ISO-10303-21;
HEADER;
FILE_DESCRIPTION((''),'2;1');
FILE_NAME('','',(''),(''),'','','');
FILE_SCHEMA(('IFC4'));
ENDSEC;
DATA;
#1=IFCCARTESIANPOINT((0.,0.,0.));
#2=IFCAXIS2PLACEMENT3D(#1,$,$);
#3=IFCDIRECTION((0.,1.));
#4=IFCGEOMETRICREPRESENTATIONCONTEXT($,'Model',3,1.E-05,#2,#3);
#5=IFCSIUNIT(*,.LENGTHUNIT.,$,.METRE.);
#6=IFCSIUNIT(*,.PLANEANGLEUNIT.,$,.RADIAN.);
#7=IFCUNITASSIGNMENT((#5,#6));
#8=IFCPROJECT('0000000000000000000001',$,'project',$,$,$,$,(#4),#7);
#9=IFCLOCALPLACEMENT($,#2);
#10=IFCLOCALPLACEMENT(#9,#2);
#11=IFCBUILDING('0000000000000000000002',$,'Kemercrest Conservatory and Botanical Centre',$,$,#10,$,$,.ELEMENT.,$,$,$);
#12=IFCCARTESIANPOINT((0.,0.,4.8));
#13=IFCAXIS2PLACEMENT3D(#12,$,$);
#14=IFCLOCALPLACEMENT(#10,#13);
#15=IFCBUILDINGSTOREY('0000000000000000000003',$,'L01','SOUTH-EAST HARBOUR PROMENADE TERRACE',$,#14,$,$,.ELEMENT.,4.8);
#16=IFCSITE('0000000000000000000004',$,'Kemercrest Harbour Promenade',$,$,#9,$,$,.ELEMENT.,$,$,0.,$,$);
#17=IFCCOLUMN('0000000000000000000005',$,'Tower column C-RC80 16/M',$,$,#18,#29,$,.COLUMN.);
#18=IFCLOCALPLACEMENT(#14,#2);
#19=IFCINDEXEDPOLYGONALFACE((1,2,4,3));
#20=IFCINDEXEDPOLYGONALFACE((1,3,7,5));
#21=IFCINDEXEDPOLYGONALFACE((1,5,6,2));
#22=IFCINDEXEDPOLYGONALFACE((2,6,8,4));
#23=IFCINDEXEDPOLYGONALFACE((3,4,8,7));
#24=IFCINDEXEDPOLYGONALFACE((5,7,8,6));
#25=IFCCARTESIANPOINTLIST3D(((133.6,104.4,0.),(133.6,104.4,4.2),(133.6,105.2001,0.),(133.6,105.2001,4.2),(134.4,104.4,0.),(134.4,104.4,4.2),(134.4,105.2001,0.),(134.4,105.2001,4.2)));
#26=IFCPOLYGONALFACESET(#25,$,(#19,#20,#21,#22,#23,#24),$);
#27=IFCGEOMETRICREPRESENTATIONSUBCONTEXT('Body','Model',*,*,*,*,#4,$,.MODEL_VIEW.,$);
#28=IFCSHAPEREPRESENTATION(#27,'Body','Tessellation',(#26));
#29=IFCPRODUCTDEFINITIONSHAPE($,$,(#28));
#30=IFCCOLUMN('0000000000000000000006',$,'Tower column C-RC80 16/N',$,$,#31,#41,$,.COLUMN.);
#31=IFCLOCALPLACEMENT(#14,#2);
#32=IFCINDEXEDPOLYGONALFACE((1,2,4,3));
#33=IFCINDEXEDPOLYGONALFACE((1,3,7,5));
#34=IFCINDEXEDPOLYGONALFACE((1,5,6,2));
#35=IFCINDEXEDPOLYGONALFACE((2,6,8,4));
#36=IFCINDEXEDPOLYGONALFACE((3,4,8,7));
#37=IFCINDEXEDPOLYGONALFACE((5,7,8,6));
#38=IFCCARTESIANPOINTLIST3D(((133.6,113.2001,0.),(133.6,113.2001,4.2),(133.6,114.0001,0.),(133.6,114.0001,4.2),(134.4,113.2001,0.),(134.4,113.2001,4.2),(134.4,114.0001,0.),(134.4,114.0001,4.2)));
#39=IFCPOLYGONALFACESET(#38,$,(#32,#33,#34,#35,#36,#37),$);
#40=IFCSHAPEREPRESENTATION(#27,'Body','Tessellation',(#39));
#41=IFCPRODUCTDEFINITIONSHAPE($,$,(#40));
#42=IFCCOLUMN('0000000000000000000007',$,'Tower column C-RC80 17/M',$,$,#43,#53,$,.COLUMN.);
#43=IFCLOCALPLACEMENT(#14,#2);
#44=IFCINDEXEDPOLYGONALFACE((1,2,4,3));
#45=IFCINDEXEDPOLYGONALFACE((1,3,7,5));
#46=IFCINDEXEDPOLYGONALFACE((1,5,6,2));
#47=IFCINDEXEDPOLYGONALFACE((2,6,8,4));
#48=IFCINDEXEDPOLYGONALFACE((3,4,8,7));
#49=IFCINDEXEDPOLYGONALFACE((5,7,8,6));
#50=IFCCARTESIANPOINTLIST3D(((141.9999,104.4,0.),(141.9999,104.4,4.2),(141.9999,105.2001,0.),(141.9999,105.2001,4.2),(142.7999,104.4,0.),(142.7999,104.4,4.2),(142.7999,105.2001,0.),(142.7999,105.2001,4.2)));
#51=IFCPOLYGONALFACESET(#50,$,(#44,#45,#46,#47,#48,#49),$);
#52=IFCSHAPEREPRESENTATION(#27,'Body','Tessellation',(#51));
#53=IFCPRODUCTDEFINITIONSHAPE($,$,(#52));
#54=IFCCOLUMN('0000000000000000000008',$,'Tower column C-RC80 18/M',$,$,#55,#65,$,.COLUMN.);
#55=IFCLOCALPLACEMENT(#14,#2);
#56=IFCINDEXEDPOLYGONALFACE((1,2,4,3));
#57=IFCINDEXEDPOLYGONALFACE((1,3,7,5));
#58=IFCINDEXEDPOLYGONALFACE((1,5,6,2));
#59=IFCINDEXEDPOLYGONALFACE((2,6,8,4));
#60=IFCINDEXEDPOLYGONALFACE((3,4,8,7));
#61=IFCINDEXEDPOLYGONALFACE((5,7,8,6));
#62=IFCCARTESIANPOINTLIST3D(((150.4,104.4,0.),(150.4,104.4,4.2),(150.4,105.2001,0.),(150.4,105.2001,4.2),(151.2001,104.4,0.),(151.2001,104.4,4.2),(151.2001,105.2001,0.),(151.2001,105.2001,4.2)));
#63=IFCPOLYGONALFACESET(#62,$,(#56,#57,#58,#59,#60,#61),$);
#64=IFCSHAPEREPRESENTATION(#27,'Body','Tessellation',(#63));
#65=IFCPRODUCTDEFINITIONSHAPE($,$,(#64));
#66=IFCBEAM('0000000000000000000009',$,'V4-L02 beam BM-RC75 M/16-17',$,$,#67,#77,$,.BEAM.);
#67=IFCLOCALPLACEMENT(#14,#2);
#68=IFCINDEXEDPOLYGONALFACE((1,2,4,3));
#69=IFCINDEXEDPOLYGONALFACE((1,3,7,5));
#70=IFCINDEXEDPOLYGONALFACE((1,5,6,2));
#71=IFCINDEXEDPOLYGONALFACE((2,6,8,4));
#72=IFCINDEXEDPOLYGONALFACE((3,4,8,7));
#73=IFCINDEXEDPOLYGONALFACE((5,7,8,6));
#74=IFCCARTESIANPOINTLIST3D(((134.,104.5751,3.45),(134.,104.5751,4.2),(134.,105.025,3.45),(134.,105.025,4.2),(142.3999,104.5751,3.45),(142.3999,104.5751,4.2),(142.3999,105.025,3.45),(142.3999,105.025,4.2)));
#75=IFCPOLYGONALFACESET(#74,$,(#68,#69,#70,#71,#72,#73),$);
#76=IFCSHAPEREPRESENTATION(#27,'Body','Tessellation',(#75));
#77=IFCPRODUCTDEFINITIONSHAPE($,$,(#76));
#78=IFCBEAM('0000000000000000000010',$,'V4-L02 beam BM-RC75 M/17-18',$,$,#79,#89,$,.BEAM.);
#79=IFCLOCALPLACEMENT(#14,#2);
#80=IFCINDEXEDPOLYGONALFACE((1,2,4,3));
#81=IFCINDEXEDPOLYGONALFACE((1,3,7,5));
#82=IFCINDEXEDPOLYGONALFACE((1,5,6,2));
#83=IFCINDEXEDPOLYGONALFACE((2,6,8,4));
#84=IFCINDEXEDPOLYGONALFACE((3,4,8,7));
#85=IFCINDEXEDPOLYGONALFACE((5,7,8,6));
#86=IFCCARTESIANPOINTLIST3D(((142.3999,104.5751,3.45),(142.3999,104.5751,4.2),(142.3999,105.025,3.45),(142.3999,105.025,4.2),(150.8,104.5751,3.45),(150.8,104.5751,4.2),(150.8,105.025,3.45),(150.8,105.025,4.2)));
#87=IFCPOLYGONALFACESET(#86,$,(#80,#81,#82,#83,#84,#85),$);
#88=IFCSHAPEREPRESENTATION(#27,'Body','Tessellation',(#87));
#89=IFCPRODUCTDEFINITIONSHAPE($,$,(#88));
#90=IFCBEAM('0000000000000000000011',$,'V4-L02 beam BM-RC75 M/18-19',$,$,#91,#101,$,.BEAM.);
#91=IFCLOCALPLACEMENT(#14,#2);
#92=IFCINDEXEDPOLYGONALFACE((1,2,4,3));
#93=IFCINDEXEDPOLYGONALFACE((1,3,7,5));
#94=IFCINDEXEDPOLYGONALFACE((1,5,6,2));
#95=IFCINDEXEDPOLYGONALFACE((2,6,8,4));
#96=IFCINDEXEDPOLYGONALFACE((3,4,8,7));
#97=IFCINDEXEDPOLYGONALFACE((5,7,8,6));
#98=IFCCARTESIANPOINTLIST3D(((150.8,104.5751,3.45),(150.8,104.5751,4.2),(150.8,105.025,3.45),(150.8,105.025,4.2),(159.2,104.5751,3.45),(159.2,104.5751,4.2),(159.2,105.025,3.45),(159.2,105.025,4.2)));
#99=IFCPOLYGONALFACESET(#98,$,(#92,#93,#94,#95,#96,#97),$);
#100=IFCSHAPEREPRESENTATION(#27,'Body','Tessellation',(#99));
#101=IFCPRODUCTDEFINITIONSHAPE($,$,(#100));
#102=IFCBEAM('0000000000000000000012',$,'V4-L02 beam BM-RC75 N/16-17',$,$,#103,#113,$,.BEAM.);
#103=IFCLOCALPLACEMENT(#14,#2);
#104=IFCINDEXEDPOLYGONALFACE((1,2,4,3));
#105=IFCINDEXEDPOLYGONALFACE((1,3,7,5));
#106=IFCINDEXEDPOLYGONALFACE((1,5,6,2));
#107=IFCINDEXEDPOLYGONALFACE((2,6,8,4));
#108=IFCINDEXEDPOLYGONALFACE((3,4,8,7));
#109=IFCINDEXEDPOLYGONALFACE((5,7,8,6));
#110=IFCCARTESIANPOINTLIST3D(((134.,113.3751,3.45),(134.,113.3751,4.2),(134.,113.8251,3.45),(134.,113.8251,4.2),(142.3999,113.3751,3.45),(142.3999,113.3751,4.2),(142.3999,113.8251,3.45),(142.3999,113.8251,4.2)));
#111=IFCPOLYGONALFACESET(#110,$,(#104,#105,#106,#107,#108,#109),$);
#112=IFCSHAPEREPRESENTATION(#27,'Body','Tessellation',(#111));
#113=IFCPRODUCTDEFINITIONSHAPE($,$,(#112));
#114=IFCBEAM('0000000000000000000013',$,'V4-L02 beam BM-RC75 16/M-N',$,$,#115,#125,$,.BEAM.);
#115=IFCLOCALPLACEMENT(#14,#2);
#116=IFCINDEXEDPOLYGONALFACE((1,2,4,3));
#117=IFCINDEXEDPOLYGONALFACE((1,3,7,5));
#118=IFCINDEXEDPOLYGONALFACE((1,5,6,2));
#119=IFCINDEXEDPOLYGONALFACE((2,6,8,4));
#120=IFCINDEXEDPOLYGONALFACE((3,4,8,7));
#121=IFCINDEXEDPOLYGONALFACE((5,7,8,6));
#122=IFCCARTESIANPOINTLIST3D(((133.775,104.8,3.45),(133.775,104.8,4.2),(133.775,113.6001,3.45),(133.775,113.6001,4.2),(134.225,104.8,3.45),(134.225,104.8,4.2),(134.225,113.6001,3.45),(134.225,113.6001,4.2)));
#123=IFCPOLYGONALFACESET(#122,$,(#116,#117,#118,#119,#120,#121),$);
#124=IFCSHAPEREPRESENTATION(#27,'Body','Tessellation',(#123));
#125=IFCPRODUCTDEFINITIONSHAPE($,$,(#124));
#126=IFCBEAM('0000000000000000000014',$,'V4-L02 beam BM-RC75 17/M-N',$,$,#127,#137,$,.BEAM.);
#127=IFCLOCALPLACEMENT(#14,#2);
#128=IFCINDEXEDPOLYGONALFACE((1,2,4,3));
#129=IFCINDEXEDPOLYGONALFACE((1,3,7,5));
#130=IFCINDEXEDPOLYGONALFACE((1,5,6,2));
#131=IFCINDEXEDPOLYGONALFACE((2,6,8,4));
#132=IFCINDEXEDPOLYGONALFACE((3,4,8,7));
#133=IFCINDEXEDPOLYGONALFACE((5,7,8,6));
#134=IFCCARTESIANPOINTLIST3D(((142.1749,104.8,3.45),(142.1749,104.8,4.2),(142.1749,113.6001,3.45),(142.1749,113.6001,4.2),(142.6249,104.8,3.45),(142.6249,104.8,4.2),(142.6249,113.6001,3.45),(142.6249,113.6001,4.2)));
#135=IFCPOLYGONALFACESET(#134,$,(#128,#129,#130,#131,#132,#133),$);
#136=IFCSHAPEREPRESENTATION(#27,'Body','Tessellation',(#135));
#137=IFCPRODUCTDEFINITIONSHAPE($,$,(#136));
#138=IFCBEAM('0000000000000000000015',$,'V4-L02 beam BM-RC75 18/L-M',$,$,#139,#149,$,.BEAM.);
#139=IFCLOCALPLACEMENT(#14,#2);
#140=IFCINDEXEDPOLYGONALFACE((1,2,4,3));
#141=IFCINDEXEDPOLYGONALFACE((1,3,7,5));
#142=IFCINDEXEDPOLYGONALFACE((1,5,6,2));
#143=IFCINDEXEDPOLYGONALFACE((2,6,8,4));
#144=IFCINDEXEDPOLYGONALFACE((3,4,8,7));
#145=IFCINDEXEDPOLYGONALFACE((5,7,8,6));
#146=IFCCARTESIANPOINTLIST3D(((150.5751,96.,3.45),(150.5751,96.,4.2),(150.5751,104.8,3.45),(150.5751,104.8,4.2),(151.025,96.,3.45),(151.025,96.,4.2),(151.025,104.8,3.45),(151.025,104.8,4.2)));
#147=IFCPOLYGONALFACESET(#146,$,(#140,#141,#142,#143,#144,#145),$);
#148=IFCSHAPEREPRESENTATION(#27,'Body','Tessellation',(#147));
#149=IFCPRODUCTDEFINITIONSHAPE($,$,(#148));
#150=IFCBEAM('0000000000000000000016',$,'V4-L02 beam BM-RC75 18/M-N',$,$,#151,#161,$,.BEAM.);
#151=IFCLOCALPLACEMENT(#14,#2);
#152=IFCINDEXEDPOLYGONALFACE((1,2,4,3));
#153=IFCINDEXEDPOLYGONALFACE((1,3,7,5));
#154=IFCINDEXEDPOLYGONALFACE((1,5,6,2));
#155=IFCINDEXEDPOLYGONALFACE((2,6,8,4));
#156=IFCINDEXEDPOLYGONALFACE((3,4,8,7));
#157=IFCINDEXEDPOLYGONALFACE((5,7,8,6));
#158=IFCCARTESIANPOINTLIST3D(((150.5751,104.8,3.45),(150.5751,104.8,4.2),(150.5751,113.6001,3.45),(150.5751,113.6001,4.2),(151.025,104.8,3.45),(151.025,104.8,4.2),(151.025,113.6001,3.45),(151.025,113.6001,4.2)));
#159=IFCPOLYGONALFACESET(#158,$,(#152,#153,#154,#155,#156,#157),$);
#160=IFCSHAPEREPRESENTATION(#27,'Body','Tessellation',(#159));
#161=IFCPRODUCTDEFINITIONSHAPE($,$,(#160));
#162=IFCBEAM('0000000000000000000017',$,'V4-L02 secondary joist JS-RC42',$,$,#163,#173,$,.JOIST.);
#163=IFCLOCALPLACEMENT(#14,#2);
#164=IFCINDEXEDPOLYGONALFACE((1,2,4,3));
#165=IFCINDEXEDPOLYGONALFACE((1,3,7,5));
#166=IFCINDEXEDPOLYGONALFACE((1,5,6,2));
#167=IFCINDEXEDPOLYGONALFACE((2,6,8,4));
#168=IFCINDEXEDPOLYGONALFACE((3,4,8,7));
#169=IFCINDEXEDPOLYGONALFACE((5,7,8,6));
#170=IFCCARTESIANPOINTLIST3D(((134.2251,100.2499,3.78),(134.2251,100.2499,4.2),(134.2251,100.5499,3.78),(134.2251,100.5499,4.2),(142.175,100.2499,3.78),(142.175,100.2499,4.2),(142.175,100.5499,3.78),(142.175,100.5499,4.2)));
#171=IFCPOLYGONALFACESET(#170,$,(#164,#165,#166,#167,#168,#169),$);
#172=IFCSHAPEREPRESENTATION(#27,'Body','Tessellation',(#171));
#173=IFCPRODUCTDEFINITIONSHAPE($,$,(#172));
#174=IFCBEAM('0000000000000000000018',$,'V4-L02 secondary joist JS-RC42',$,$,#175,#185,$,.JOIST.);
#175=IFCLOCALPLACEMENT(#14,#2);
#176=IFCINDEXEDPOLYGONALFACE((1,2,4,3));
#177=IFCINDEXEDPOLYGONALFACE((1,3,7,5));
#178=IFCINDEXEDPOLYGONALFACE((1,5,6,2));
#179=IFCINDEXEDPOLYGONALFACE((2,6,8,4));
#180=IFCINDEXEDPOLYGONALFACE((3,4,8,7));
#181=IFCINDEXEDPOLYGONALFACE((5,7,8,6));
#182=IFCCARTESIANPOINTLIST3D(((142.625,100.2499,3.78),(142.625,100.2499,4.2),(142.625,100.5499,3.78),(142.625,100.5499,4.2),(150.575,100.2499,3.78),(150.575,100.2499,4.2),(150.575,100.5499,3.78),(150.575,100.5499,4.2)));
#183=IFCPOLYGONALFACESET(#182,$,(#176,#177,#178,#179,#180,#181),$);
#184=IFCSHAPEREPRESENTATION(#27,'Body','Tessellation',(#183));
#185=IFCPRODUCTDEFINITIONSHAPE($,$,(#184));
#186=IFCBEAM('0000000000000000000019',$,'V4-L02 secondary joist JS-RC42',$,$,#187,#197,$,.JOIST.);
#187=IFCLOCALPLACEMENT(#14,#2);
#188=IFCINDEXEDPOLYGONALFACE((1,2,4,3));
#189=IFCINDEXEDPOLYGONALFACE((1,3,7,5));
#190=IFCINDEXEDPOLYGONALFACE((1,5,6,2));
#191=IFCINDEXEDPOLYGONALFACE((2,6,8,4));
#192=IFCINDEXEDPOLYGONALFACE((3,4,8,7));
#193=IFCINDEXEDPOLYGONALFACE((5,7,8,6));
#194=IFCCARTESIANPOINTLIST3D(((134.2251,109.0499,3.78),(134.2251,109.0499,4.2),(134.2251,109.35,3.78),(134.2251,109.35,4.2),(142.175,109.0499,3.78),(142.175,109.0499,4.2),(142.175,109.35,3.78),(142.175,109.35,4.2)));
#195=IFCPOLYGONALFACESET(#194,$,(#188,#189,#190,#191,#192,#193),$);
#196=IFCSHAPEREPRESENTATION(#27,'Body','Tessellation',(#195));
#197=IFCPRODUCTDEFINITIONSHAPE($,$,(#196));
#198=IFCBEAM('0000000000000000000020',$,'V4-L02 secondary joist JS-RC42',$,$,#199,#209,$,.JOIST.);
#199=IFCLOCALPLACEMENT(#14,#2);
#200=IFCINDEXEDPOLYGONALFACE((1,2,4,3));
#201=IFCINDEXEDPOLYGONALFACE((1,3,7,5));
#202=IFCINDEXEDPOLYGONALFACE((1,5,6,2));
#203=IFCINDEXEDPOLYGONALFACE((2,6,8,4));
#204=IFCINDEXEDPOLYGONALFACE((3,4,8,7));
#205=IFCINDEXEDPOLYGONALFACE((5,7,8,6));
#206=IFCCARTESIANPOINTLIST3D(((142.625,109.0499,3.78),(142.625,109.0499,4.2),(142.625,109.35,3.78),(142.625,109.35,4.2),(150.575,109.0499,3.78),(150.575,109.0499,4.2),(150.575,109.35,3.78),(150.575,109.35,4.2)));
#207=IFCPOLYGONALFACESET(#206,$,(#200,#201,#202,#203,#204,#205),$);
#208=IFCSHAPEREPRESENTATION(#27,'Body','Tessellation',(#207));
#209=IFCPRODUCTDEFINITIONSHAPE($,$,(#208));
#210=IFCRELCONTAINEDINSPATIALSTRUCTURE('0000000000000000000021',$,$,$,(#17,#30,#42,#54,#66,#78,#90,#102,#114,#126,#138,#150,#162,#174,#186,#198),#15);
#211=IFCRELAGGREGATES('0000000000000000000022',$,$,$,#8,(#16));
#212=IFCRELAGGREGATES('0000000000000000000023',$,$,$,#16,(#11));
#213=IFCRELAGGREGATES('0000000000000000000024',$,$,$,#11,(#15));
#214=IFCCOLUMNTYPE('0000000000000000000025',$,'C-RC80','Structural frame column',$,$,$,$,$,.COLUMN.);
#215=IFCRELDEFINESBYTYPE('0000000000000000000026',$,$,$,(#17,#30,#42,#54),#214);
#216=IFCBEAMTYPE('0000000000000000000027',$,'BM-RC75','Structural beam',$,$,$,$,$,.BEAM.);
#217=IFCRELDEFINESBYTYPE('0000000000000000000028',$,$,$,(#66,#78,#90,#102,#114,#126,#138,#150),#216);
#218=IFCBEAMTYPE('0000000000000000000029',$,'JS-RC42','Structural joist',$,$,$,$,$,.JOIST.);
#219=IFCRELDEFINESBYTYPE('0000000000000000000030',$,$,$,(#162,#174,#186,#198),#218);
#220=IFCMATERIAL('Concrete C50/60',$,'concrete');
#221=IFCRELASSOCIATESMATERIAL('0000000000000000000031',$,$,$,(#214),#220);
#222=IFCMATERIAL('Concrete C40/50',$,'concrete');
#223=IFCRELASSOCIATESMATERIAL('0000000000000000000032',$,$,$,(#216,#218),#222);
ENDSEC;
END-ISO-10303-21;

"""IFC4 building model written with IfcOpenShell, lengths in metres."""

from ifc_helpers import new_model, si_unit, direction, frame, origin, origin_2d, place, context, subcontext, project, spatial, rectangle, extrude, material, material_profile, profile_set, type_object, element, save


model = new_model("IFC4")

# Units and contexts
model_context = context("Model", 3, precision=1e-05, world=origin(), true_north=direction((0.0, 1.0)))
body_context = subcontext(model_context, "Body", "Model", "MODEL_VIEW")
ifc_project = project(units=[si_unit("LENGTHUNIT", "METRE"), si_unit("PLANEANGLEUNIT", "RADIAN")], contexts=[model_context])

# Site, building, storey
site_placement = place(None, origin())
site = spatial("IfcSite", under=ifc_project, at=site_placement, Name="Kemercrest Harbour Promenade", CompositionType="ELEMENT", RefElevation=0.0)
building_placement = place(site_placement, origin())
building = spatial("IfcBuilding", under=site, at=building_placement, Name="Kemercrest Conservatory and Botanical Centre", CompositionType="ELEMENT")
storey_placement = place(building_placement, frame((0.0, 0.0, 4.8)))
storey = spatial("IfcBuildingStorey", under=building, at=storey_placement, Name="L01", Description="SOUTH-EAST HARBOUR PROMENADE TERRACE", CompositionType="ELEMENT", Elevation=4.8)

# Columns
ifc_material_1 = material(Name="Concrete C50/60", Category="concrete")
ifc_material_profile_1 = material_profile(ifc_material_1, rectangle(XDim=0.8, YDim=0.8, at=origin_2d()), Name="RC 800x800")
ifc_profile_set_1 = profile_set([ifc_material_profile_1], Name="Concrete C50/60")
column_type = type_object("IfcColumnType", Name="C-RC80", Description="Structural frame column", PredefinedType="COLUMN", material=ifc_profile_set_1)
for number, where, z_axis, x_axis, name in (
    (1, (134.0, 104.8, 0.0), (0.0, 0.0, 1.0), (1.0, 0.0, 0.0), "Tower column C-RC80 16/M"),
    (2, (134.0, 113.6001, 0.0), (0.0, 0.0, 1.0), (1.0, 0.0, 0.0), "Tower column C-RC80 16/N"),
    (3, (142.3999, 104.8, 0.0), (0.0, 0.0, 1.0), (1.0, 0.0, 0.0), "Tower column C-RC80 17/M"),
    (4, (150.8, 104.8, 0.0), (0.0, 0.0, 1.0), (1.0, 0.0, 0.0), "Tower column C-RC80 18/M"),
):
    element("IfcColumn", number, at=place(storey_placement, frame(where, z_axis=z_axis, x_axis=x_axis)), inside=storey, type_object=column_type, Name=name, PredefinedType="COLUMN", context=body_context, shape_type="SweptSolid", body=[
        extrude(rectangle(XDim=0.8, YDim=0.8, at=origin_2d()), origin(), (0.0, 0.0, 1.0), 4.2),
    ])

# Beams
ifc_material_2 = material(Name="Concrete C40/50", Category="concrete")
ifc_material_profile_2 = material_profile(ifc_material_2, rectangle(XDim=0.45, YDim=0.75, at=origin_2d()), Name="RC 450x750")
ifc_profile_set_2 = profile_set([ifc_material_profile_2], Name="Concrete C40/50")
beam_type_1 = type_object("IfcBeamType", Name="BM-RC75", Description="Structural beam", PredefinedType="BEAM", material=ifc_profile_set_2)
beam_1_placement = place(storey_placement, frame((134.0, 104.8, 3.825), z_axis=(1.0, 0.0, 0.0), x_axis=(0.0, 1.0, 0.0)))
element("IfcBeam", 5, at=beam_1_placement, inside=storey, type_object=beam_type_1, Name="V4-L02 beam BM-RC75 M/16-17", PredefinedType="BEAM", context=body_context, shape_type="SweptSolid", body=[
    extrude(rectangle(XDim=0.45, YDim=0.75, at=origin_2d()), origin(), (0.0, 0.0, 1.0), 8.3999),
])
beam_2_placement = place(storey_placement, frame((142.3999, 104.8, 3.825), z_axis=(1.0, 0.0, 0.0), x_axis=(0.0, 1.0, 0.0)))
element("IfcBeam", 6, at=beam_2_placement, inside=storey, type_object=beam_type_1, Name="V4-L02 beam BM-RC75 M/17-18", PredefinedType="BEAM", context=body_context, shape_type="SweptSolid", body=[
    extrude(rectangle(XDim=0.45, YDim=0.75, at=origin_2d()), origin(), (0.0, 0.0, 1.0), 8.4001),
])
for number, where, z_axis, x_axis, name in (
    (7, (150.8, 104.8, 3.825), (1.0, 0.0, 0.0), (0.0, 1.0, 0.0), "V4-L02 beam BM-RC75 M/18-19"),
    (8, (134.0, 113.6001, 3.825), (1.0, 0.0, 0.0), (0.0, 1.0, 0.0), "V4-L02 beam BM-RC75 N/16-17"),
):
    element("IfcBeam", number, at=place(storey_placement, frame(where, z_axis=z_axis, x_axis=x_axis)), inside=storey, type_object=beam_type_1, Name=name, PredefinedType="BEAM", context=body_context, shape_type="SweptSolid", body=[
        extrude(rectangle(XDim=0.45, YDim=0.75, at=origin_2d()), origin(), (0.0, 0.0, 1.0), 8.3999),
    ])
for number, where, z_axis, x_axis, name in (
    (9, (134.0, 104.8, 3.825), (0.0, 1.0, 0.0), (-1.0, 0.0, 0.0), "V4-L02 beam BM-RC75 16/M-N"),
    (10, (142.3999, 104.8, 3.825), (0.0, 1.0, 0.0), (-1.0, 0.0, 0.0), "V4-L02 beam BM-RC75 17/M-N"),
    (11, (150.8, 96.0, 3.825), (0.0, 1.0, 0.0), (-1.0, 0.0, 0.0), "V4-L02 beam BM-RC75 18/L-M"),
    (12, (150.8, 104.8, 3.825), (0.0, 1.0, 0.0), (-1.0, 0.0, 0.0), "V4-L02 beam BM-RC75 18/M-N"),
):
    element("IfcBeam", number, at=place(storey_placement, frame(where, z_axis=z_axis, x_axis=x_axis)), inside=storey, type_object=beam_type_1, Name=name, PredefinedType="BEAM", context=body_context, shape_type="SweptSolid", body=[
        extrude(rectangle(XDim=0.45, YDim=0.75, at=origin_2d()), origin(), (0.0, 0.0, 1.0), 8.8),
    ])
ifc_material_profile_3 = material_profile(ifc_material_2, rectangle(XDim=0.3, YDim=0.4199, at=origin_2d()), Name="RC 300x420")
ifc_profile_set_3 = profile_set([ifc_material_profile_3], Name="Concrete C40/50")
beam_type_2 = type_object("IfcBeamType", Name="JS-RC42", Description="Structural joist", PredefinedType="JOIST", material=ifc_profile_set_3)
for number, where, z_axis, x_axis, name in (
    (13, (134.2251, 100.3999, 3.99), (1.0, 0.0, 0.0), (0.0, 1.0, 0.0), "V4-L02 secondary joist JS-RC42"),
    (14, (142.625, 100.3999, 3.99), (1.0, 0.0, 0.0), (0.0, 1.0, 0.0), "V4-L02 secondary joist JS-RC42"),
    (15, (134.2251, 109.2, 3.99), (1.0, 0.0, 0.0), (0.0, 1.0, 0.0), "V4-L02 secondary joist JS-RC42"),
    (16, (142.625, 109.2, 3.99), (1.0, 0.0, 0.0), (0.0, 1.0, 0.0), "V4-L02 secondary joist JS-RC42"),
):
    element("IfcBeam", number, at=place(storey_placement, frame(where, z_axis=z_axis, x_axis=x_axis)), inside=storey, type_object=beam_type_2, Name=name, PredefinedType="JOIST", context=body_context, shape_type="SweptSolid", body=[
        extrude(rectangle(XDim=0.3, YDim=0.4199, at=origin_2d()), origin(), (0.0, 0.0, 1.0), 7.95),
    ])

save(model, "model.ifc")
